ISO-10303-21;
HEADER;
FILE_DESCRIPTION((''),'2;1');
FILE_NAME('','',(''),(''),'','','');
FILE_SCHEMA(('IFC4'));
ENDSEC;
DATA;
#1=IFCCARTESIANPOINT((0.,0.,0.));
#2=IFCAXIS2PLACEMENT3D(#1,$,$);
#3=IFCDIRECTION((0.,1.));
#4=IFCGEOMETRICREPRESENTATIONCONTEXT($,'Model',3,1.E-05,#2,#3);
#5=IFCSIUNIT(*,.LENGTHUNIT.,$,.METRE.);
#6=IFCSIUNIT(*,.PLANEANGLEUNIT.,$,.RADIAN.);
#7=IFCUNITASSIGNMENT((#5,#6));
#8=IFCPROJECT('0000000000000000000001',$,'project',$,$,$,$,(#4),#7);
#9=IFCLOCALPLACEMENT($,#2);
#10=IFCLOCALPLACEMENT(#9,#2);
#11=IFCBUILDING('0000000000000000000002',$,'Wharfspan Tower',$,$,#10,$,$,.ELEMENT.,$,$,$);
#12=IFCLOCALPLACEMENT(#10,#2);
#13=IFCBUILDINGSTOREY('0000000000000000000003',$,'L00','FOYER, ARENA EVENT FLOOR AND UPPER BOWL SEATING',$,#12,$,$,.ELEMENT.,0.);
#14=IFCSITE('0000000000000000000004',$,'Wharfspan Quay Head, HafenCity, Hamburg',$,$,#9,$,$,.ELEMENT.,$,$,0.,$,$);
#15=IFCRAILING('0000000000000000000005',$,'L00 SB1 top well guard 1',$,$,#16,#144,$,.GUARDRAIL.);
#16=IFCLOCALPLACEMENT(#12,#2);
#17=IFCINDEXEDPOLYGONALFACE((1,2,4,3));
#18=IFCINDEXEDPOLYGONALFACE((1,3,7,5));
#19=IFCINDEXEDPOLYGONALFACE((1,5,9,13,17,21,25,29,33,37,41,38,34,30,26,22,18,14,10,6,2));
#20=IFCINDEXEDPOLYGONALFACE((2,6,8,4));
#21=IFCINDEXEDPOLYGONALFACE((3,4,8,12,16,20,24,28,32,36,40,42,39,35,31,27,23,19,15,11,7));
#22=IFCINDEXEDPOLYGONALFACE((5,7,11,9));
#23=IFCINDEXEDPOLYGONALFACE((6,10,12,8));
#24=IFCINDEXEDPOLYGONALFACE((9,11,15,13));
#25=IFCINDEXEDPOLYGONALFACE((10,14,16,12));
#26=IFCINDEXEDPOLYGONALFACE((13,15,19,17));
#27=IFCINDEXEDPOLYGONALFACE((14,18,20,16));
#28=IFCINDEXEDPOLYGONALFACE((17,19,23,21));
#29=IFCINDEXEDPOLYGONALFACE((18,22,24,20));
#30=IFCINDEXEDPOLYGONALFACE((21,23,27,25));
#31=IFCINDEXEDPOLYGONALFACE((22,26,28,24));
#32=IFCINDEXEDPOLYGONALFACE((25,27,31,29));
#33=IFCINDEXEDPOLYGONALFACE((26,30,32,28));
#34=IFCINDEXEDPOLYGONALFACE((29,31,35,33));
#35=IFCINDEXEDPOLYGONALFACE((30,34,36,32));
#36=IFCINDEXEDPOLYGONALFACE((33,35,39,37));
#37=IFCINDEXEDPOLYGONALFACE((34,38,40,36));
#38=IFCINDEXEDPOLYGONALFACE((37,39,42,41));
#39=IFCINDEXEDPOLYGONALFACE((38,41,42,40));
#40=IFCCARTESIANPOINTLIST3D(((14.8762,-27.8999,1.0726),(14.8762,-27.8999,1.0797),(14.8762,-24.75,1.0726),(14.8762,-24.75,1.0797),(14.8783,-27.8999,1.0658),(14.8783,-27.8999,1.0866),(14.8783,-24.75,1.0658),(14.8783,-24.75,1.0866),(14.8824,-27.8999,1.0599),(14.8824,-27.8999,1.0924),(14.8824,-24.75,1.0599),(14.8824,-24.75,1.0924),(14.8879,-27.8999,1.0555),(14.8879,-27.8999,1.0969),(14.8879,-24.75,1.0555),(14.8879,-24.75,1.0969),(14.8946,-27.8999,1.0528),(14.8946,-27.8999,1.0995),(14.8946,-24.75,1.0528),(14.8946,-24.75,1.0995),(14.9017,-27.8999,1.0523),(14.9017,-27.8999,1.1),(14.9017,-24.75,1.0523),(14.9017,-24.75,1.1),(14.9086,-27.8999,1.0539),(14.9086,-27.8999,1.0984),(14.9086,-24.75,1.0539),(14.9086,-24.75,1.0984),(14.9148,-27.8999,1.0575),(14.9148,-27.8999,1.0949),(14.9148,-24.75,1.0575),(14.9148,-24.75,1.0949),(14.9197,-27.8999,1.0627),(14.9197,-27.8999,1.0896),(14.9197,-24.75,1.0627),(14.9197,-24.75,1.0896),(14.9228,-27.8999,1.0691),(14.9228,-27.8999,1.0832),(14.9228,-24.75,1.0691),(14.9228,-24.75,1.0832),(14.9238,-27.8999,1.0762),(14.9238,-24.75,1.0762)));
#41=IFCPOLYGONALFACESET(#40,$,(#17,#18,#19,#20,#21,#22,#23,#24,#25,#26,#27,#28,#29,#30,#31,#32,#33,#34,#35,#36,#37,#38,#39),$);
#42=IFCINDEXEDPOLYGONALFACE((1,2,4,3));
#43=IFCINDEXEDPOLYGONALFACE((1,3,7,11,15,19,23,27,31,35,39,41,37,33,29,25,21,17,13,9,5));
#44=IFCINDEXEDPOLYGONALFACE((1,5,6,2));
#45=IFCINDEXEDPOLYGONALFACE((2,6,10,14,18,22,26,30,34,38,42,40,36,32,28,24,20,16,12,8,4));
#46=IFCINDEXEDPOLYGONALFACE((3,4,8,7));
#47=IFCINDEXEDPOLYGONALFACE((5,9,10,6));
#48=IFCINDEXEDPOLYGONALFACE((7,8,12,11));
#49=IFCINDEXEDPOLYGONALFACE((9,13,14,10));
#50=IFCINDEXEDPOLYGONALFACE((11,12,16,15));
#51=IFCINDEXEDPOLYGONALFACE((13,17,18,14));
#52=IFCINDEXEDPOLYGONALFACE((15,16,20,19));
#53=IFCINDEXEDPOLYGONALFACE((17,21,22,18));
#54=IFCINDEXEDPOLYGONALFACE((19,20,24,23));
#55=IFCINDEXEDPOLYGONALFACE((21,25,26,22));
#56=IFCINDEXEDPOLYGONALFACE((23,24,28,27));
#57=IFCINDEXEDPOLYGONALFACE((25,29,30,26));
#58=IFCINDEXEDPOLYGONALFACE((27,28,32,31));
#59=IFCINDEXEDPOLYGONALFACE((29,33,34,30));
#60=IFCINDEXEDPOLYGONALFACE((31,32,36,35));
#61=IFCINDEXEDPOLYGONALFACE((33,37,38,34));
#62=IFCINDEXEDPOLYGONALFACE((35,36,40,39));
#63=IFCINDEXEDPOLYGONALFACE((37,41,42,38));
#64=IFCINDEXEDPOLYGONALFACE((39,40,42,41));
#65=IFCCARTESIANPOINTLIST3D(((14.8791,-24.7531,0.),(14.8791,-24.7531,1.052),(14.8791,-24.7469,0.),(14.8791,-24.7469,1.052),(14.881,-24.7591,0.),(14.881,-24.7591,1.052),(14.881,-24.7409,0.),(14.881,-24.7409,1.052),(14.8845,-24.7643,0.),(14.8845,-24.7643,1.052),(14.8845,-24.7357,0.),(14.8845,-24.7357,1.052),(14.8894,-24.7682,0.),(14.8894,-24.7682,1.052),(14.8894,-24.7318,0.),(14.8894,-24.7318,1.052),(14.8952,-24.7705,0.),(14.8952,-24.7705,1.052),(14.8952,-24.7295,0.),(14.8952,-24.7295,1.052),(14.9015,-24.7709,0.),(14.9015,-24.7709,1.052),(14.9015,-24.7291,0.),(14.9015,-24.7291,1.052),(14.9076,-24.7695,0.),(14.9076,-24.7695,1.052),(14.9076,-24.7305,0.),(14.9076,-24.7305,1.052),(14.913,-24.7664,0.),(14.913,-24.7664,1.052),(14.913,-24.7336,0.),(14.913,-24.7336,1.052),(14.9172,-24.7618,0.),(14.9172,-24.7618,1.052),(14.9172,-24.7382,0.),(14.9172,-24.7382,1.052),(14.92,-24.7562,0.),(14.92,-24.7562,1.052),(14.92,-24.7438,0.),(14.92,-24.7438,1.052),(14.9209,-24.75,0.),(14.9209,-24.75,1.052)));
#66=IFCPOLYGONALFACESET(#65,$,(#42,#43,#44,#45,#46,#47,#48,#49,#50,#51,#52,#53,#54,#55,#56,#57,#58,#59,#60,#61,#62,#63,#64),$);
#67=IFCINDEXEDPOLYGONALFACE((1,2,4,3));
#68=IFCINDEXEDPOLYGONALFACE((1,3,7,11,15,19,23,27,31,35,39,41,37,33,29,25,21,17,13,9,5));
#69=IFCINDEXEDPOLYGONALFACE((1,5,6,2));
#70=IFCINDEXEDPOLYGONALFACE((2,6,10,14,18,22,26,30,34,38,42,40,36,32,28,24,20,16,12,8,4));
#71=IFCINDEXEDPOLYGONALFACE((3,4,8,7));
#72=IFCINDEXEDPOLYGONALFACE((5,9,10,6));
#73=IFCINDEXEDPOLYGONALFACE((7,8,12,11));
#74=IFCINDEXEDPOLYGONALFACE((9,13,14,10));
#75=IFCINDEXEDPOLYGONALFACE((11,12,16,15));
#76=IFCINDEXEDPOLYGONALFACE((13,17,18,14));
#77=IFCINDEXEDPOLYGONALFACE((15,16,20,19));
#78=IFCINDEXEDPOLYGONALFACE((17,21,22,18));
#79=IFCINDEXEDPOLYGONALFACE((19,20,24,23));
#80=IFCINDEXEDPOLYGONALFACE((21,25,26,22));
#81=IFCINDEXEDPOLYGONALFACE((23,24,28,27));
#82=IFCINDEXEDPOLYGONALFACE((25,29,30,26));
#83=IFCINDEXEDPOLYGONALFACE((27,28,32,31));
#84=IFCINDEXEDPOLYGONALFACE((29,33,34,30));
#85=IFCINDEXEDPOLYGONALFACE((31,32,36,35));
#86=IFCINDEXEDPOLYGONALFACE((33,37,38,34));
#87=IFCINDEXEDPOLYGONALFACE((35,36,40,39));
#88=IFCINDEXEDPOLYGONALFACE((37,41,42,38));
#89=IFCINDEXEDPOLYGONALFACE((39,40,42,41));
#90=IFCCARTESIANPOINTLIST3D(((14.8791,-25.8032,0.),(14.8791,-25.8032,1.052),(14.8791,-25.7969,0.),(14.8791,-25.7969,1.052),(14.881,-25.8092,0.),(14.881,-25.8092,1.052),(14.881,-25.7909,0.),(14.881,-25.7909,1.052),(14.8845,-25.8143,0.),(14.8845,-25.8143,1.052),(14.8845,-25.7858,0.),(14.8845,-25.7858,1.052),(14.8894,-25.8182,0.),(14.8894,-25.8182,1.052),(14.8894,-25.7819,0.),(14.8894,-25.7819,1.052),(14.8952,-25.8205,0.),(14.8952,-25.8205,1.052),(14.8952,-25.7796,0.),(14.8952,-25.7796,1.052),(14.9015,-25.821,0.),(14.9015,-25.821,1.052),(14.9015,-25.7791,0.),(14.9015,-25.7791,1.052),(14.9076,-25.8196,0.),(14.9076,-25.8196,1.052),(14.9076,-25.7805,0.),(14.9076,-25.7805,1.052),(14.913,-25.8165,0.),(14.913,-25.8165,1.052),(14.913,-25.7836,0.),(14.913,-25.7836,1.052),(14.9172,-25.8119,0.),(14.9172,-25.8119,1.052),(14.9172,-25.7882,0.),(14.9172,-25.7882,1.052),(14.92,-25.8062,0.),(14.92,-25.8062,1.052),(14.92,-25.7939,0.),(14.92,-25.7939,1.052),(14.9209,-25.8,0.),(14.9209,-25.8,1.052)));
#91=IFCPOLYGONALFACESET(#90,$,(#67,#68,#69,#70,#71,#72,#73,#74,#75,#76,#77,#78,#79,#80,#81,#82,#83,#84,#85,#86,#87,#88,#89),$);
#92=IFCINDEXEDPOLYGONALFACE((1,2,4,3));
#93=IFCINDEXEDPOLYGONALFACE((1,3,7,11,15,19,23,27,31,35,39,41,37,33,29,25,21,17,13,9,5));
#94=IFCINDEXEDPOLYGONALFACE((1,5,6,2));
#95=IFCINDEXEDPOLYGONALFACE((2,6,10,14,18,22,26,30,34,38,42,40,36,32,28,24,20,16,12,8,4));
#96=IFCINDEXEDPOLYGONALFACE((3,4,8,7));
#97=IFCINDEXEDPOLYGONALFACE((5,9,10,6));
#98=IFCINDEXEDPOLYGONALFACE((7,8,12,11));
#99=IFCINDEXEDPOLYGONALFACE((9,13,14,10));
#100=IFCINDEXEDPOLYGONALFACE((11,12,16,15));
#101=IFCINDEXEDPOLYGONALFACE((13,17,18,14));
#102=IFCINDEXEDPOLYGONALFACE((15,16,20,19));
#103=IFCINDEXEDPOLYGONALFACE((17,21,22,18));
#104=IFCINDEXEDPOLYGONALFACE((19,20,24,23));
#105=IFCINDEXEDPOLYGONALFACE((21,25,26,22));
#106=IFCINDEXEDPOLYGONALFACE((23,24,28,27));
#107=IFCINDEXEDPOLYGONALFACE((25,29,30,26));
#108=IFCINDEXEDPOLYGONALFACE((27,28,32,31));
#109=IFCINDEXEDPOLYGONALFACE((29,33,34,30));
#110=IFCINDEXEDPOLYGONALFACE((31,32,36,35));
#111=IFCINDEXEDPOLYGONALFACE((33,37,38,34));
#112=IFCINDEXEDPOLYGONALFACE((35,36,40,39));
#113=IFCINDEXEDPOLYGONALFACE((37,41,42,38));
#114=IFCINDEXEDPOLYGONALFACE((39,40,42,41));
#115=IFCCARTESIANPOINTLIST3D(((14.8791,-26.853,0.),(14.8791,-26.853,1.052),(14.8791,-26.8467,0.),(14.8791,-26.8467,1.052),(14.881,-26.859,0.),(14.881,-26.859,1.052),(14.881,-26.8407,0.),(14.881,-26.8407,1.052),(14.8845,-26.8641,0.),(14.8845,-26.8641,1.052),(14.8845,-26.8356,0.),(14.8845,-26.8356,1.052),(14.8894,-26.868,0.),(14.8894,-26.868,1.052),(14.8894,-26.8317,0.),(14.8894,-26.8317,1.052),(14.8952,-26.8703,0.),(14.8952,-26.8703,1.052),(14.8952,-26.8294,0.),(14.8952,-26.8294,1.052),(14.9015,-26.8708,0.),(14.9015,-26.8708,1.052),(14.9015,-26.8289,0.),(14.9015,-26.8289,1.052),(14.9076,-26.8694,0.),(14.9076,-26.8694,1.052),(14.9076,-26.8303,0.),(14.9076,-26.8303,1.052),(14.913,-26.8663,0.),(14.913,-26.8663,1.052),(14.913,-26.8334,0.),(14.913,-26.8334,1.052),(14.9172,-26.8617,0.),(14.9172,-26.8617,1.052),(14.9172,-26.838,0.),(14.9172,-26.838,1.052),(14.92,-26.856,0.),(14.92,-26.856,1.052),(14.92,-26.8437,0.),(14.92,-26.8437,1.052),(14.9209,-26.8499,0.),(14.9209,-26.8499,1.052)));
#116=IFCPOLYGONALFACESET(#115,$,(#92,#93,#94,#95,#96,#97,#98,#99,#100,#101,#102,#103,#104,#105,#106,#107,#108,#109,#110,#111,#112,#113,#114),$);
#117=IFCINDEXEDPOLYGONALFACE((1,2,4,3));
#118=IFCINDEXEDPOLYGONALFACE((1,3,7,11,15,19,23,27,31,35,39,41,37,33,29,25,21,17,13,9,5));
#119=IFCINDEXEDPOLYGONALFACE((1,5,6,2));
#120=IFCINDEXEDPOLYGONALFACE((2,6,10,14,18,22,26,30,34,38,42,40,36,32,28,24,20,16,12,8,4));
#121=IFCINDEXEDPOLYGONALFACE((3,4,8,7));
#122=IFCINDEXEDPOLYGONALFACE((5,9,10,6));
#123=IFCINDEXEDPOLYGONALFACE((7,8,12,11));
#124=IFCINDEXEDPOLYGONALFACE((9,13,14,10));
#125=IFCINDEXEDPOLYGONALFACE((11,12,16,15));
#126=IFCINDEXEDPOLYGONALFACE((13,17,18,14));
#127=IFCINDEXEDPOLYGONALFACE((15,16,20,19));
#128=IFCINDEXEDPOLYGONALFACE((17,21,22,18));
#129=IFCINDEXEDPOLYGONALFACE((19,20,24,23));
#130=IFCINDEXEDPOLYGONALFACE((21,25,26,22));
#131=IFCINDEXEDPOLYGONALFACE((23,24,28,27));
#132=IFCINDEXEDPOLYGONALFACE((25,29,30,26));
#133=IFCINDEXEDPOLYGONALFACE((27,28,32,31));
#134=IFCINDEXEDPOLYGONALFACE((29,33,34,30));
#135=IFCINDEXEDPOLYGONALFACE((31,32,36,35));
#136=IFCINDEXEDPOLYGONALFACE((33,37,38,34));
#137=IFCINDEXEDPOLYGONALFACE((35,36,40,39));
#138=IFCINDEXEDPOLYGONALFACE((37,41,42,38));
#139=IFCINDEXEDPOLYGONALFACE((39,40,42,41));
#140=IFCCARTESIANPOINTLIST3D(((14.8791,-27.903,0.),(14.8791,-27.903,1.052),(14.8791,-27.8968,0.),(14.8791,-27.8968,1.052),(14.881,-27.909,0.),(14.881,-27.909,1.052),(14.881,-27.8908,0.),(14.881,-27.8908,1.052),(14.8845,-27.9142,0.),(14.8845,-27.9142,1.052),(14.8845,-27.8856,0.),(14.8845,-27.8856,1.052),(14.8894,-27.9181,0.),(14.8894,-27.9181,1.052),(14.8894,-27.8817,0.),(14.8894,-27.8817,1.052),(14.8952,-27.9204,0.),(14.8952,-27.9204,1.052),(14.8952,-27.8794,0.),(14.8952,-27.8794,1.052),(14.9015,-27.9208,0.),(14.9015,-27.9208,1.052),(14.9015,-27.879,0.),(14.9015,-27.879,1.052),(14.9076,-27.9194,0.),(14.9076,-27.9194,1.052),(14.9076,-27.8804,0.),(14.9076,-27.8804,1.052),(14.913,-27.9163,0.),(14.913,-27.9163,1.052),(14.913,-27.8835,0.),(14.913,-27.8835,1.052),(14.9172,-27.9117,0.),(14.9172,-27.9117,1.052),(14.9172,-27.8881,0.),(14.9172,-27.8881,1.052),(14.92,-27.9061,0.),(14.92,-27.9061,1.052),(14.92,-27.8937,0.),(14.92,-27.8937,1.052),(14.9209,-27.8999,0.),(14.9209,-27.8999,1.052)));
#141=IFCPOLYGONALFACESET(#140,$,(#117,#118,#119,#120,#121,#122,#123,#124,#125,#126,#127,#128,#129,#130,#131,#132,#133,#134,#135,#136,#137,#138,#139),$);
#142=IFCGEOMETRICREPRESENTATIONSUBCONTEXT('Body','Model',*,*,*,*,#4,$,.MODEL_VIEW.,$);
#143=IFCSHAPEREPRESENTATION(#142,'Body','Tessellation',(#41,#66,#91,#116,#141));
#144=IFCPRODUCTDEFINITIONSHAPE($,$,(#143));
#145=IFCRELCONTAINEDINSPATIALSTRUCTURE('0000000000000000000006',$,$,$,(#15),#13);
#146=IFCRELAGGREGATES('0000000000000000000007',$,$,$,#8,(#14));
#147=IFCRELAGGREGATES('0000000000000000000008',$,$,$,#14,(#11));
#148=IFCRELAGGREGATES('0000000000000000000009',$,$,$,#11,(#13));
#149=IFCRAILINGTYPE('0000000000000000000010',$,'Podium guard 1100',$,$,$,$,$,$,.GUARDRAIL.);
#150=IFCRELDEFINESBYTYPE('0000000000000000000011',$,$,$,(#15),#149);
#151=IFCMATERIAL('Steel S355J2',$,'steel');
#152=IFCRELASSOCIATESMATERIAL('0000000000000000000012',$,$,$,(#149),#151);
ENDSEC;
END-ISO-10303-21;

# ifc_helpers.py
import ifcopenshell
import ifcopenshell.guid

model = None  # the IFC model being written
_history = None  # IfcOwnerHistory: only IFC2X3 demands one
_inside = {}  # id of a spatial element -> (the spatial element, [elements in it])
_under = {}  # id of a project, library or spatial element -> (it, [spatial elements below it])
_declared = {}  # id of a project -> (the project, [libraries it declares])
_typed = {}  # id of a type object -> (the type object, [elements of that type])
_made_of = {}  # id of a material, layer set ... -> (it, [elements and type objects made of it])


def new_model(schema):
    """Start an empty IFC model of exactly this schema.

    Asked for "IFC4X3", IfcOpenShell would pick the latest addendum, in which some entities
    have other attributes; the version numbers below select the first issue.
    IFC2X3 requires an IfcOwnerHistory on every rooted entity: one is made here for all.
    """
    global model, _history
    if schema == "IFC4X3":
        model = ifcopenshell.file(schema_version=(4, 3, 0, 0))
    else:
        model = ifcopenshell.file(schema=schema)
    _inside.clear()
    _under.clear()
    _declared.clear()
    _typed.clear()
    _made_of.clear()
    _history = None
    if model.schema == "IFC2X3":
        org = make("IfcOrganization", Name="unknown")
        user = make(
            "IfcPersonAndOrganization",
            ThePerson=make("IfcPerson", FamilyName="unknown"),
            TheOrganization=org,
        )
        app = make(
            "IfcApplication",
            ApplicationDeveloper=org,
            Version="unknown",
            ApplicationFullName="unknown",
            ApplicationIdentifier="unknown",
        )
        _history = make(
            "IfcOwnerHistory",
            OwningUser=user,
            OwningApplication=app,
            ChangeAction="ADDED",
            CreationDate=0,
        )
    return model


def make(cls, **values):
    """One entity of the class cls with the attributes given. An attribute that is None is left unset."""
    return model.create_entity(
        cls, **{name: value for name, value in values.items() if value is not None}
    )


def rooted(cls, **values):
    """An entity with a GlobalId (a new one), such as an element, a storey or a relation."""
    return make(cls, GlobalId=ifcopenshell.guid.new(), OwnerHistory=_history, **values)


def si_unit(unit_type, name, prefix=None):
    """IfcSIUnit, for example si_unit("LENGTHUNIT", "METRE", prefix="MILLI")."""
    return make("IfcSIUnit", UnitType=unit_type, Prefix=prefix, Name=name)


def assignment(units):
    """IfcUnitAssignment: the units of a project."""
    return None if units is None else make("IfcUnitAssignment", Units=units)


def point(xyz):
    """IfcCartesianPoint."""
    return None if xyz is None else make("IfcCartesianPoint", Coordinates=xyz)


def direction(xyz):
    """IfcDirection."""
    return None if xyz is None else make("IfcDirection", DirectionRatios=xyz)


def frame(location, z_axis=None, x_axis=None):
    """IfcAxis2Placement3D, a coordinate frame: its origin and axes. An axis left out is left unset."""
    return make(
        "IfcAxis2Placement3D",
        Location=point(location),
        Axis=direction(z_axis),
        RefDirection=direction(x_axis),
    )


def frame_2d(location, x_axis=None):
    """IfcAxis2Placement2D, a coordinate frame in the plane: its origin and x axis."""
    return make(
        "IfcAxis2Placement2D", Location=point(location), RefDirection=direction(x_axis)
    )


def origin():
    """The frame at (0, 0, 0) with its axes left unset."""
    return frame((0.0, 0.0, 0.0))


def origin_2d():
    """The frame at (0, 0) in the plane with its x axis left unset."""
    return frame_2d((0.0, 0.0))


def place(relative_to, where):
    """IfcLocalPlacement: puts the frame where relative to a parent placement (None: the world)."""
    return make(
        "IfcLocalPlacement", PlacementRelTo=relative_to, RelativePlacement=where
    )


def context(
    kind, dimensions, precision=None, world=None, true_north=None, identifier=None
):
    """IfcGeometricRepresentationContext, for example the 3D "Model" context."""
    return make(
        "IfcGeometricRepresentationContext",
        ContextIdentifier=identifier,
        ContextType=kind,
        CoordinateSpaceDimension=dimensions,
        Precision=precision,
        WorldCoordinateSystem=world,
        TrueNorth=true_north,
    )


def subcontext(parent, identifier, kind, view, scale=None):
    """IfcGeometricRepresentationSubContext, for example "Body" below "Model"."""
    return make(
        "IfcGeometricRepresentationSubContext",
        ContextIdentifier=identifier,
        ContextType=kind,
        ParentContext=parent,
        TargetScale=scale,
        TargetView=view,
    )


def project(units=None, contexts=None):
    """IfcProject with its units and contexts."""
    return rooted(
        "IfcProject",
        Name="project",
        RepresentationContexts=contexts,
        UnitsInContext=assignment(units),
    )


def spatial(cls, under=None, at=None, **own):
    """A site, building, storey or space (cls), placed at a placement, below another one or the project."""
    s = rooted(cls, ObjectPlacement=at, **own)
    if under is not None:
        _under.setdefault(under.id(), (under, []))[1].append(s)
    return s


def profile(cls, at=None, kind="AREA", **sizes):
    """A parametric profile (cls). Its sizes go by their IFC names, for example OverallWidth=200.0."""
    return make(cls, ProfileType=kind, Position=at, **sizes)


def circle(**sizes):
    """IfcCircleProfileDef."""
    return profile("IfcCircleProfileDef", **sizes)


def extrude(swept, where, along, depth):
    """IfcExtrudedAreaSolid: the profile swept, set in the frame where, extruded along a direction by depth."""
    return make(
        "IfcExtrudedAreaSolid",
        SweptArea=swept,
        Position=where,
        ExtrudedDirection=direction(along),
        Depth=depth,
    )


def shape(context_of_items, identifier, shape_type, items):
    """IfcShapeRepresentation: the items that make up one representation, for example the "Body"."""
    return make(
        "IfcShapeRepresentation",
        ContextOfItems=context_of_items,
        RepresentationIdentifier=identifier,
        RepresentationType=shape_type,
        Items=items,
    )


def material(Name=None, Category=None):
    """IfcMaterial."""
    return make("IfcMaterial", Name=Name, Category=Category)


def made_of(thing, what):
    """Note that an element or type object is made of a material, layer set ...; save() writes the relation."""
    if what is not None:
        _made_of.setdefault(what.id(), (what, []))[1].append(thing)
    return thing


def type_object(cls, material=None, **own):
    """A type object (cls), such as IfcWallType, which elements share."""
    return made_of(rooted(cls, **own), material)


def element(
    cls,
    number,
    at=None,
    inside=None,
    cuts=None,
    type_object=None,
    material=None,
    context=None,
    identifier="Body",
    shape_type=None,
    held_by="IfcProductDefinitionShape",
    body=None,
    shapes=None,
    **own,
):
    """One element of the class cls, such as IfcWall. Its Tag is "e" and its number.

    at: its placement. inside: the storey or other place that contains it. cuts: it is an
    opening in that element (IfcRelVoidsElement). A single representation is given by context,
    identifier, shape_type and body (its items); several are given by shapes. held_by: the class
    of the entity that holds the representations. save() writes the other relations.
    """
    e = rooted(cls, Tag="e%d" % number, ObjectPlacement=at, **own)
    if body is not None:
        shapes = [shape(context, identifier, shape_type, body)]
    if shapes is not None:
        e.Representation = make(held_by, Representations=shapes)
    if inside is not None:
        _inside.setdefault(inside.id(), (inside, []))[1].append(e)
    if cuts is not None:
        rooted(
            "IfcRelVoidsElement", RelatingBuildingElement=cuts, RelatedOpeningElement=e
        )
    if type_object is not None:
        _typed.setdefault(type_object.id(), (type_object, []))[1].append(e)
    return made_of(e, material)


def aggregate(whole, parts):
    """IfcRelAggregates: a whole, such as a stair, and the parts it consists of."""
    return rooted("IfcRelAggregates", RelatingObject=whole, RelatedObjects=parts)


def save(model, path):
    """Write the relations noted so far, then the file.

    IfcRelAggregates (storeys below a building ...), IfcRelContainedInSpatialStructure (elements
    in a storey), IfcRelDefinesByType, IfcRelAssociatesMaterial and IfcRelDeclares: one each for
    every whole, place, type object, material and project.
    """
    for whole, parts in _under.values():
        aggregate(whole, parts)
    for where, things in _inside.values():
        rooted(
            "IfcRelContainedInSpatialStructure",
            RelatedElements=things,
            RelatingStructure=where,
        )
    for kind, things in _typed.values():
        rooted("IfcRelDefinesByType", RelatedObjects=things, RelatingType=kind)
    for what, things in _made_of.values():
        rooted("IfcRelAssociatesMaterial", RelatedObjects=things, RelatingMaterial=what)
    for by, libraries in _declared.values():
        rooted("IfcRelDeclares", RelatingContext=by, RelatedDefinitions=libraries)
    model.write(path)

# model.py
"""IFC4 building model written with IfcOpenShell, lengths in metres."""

from ifc_helpers import new_model, si_unit, direction, frame, origin, origin_2d, place, context, subcontext, project, spatial, circle, extrude, material, type_object, element, save


model = new_model("IFC4")

# Units and contexts
model_context = context("Model", 3, precision=1e-05, world=origin(), true_north=direction((0.0, 1.0)))
body_context = subcontext(model_context, "Body", "Model", "MODEL_VIEW")
ifc_project = project(units=[si_unit("LENGTHUNIT", "METRE"), si_unit("PLANEANGLEUNIT", "RADIAN")], contexts=[model_context])

# Site, building, storey
site_placement = place(None, origin())
site = spatial("IfcSite", under=ifc_project, at=site_placement, Name="Wharfspan Quay Head, HafenCity, Hamburg", CompositionType="ELEMENT", RefElevation=0.0)
building_placement = place(site_placement, origin())
building = spatial("IfcBuilding", under=site, at=building_placement, Name="Wharfspan Tower", CompositionType="ELEMENT")
storey_placement = place(building_placement, origin())
storey = spatial("IfcBuildingStorey", under=building, at=storey_placement, Name="L00", Description="FOYER, ARENA EVENT FLOOR AND UPPER BOWL SEATING", CompositionType="ELEMENT", Elevation=0.0)

# Shared definitions
ifc_material_1 = material(Name="Steel S355J2", Category="steel")

# Railing
railing_type_1 = type_object("IfcRailingType", Name="Podium guard 1100", PredefinedType="GUARDRAIL", material=ifc_material_1)
railing_1_placement = place(storey_placement, frame((14.8999, -24.75, 0.0)))
element("IfcRailing", 1, at=railing_1_placement, inside=storey, type_object=railing_type_1, Name="L00 SB1 top well guard 1", PredefinedType="GUARDRAIL", context=body_context, shape_type="SweptSolid", body=[
    extrude(circle(Radius=0.0239, at=origin_2d()), frame((0.0, 0.0, 1.0762), z_axis=(0.0, -1.0, 0.0), x_axis=(1.0, 0.0, 0.0)), (0.0, 0.0, 1.0), 3.1499),
    extrude(circle(Radius=0.021, at=origin_2d()), origin(), (0.0, 0.0, 1.0), 1.052),
    extrude(circle(Radius=0.021, at=origin_2d()), frame((0.0, -1.05, 0.0)), (0.0, 0.0, 1.0), 1.052),
    extrude(circle(Radius=0.021, at=origin_2d()), frame((0.0, -2.0999, 0.0)), (0.0, 0.0, 1.0), 1.052),
    extrude(circle(Radius=0.021, at=origin_2d()), frame((0.0, -3.1499, 0.0)), (0.0, 0.0, 1.0), 1.052),
])

save(model, "model.ifc")
